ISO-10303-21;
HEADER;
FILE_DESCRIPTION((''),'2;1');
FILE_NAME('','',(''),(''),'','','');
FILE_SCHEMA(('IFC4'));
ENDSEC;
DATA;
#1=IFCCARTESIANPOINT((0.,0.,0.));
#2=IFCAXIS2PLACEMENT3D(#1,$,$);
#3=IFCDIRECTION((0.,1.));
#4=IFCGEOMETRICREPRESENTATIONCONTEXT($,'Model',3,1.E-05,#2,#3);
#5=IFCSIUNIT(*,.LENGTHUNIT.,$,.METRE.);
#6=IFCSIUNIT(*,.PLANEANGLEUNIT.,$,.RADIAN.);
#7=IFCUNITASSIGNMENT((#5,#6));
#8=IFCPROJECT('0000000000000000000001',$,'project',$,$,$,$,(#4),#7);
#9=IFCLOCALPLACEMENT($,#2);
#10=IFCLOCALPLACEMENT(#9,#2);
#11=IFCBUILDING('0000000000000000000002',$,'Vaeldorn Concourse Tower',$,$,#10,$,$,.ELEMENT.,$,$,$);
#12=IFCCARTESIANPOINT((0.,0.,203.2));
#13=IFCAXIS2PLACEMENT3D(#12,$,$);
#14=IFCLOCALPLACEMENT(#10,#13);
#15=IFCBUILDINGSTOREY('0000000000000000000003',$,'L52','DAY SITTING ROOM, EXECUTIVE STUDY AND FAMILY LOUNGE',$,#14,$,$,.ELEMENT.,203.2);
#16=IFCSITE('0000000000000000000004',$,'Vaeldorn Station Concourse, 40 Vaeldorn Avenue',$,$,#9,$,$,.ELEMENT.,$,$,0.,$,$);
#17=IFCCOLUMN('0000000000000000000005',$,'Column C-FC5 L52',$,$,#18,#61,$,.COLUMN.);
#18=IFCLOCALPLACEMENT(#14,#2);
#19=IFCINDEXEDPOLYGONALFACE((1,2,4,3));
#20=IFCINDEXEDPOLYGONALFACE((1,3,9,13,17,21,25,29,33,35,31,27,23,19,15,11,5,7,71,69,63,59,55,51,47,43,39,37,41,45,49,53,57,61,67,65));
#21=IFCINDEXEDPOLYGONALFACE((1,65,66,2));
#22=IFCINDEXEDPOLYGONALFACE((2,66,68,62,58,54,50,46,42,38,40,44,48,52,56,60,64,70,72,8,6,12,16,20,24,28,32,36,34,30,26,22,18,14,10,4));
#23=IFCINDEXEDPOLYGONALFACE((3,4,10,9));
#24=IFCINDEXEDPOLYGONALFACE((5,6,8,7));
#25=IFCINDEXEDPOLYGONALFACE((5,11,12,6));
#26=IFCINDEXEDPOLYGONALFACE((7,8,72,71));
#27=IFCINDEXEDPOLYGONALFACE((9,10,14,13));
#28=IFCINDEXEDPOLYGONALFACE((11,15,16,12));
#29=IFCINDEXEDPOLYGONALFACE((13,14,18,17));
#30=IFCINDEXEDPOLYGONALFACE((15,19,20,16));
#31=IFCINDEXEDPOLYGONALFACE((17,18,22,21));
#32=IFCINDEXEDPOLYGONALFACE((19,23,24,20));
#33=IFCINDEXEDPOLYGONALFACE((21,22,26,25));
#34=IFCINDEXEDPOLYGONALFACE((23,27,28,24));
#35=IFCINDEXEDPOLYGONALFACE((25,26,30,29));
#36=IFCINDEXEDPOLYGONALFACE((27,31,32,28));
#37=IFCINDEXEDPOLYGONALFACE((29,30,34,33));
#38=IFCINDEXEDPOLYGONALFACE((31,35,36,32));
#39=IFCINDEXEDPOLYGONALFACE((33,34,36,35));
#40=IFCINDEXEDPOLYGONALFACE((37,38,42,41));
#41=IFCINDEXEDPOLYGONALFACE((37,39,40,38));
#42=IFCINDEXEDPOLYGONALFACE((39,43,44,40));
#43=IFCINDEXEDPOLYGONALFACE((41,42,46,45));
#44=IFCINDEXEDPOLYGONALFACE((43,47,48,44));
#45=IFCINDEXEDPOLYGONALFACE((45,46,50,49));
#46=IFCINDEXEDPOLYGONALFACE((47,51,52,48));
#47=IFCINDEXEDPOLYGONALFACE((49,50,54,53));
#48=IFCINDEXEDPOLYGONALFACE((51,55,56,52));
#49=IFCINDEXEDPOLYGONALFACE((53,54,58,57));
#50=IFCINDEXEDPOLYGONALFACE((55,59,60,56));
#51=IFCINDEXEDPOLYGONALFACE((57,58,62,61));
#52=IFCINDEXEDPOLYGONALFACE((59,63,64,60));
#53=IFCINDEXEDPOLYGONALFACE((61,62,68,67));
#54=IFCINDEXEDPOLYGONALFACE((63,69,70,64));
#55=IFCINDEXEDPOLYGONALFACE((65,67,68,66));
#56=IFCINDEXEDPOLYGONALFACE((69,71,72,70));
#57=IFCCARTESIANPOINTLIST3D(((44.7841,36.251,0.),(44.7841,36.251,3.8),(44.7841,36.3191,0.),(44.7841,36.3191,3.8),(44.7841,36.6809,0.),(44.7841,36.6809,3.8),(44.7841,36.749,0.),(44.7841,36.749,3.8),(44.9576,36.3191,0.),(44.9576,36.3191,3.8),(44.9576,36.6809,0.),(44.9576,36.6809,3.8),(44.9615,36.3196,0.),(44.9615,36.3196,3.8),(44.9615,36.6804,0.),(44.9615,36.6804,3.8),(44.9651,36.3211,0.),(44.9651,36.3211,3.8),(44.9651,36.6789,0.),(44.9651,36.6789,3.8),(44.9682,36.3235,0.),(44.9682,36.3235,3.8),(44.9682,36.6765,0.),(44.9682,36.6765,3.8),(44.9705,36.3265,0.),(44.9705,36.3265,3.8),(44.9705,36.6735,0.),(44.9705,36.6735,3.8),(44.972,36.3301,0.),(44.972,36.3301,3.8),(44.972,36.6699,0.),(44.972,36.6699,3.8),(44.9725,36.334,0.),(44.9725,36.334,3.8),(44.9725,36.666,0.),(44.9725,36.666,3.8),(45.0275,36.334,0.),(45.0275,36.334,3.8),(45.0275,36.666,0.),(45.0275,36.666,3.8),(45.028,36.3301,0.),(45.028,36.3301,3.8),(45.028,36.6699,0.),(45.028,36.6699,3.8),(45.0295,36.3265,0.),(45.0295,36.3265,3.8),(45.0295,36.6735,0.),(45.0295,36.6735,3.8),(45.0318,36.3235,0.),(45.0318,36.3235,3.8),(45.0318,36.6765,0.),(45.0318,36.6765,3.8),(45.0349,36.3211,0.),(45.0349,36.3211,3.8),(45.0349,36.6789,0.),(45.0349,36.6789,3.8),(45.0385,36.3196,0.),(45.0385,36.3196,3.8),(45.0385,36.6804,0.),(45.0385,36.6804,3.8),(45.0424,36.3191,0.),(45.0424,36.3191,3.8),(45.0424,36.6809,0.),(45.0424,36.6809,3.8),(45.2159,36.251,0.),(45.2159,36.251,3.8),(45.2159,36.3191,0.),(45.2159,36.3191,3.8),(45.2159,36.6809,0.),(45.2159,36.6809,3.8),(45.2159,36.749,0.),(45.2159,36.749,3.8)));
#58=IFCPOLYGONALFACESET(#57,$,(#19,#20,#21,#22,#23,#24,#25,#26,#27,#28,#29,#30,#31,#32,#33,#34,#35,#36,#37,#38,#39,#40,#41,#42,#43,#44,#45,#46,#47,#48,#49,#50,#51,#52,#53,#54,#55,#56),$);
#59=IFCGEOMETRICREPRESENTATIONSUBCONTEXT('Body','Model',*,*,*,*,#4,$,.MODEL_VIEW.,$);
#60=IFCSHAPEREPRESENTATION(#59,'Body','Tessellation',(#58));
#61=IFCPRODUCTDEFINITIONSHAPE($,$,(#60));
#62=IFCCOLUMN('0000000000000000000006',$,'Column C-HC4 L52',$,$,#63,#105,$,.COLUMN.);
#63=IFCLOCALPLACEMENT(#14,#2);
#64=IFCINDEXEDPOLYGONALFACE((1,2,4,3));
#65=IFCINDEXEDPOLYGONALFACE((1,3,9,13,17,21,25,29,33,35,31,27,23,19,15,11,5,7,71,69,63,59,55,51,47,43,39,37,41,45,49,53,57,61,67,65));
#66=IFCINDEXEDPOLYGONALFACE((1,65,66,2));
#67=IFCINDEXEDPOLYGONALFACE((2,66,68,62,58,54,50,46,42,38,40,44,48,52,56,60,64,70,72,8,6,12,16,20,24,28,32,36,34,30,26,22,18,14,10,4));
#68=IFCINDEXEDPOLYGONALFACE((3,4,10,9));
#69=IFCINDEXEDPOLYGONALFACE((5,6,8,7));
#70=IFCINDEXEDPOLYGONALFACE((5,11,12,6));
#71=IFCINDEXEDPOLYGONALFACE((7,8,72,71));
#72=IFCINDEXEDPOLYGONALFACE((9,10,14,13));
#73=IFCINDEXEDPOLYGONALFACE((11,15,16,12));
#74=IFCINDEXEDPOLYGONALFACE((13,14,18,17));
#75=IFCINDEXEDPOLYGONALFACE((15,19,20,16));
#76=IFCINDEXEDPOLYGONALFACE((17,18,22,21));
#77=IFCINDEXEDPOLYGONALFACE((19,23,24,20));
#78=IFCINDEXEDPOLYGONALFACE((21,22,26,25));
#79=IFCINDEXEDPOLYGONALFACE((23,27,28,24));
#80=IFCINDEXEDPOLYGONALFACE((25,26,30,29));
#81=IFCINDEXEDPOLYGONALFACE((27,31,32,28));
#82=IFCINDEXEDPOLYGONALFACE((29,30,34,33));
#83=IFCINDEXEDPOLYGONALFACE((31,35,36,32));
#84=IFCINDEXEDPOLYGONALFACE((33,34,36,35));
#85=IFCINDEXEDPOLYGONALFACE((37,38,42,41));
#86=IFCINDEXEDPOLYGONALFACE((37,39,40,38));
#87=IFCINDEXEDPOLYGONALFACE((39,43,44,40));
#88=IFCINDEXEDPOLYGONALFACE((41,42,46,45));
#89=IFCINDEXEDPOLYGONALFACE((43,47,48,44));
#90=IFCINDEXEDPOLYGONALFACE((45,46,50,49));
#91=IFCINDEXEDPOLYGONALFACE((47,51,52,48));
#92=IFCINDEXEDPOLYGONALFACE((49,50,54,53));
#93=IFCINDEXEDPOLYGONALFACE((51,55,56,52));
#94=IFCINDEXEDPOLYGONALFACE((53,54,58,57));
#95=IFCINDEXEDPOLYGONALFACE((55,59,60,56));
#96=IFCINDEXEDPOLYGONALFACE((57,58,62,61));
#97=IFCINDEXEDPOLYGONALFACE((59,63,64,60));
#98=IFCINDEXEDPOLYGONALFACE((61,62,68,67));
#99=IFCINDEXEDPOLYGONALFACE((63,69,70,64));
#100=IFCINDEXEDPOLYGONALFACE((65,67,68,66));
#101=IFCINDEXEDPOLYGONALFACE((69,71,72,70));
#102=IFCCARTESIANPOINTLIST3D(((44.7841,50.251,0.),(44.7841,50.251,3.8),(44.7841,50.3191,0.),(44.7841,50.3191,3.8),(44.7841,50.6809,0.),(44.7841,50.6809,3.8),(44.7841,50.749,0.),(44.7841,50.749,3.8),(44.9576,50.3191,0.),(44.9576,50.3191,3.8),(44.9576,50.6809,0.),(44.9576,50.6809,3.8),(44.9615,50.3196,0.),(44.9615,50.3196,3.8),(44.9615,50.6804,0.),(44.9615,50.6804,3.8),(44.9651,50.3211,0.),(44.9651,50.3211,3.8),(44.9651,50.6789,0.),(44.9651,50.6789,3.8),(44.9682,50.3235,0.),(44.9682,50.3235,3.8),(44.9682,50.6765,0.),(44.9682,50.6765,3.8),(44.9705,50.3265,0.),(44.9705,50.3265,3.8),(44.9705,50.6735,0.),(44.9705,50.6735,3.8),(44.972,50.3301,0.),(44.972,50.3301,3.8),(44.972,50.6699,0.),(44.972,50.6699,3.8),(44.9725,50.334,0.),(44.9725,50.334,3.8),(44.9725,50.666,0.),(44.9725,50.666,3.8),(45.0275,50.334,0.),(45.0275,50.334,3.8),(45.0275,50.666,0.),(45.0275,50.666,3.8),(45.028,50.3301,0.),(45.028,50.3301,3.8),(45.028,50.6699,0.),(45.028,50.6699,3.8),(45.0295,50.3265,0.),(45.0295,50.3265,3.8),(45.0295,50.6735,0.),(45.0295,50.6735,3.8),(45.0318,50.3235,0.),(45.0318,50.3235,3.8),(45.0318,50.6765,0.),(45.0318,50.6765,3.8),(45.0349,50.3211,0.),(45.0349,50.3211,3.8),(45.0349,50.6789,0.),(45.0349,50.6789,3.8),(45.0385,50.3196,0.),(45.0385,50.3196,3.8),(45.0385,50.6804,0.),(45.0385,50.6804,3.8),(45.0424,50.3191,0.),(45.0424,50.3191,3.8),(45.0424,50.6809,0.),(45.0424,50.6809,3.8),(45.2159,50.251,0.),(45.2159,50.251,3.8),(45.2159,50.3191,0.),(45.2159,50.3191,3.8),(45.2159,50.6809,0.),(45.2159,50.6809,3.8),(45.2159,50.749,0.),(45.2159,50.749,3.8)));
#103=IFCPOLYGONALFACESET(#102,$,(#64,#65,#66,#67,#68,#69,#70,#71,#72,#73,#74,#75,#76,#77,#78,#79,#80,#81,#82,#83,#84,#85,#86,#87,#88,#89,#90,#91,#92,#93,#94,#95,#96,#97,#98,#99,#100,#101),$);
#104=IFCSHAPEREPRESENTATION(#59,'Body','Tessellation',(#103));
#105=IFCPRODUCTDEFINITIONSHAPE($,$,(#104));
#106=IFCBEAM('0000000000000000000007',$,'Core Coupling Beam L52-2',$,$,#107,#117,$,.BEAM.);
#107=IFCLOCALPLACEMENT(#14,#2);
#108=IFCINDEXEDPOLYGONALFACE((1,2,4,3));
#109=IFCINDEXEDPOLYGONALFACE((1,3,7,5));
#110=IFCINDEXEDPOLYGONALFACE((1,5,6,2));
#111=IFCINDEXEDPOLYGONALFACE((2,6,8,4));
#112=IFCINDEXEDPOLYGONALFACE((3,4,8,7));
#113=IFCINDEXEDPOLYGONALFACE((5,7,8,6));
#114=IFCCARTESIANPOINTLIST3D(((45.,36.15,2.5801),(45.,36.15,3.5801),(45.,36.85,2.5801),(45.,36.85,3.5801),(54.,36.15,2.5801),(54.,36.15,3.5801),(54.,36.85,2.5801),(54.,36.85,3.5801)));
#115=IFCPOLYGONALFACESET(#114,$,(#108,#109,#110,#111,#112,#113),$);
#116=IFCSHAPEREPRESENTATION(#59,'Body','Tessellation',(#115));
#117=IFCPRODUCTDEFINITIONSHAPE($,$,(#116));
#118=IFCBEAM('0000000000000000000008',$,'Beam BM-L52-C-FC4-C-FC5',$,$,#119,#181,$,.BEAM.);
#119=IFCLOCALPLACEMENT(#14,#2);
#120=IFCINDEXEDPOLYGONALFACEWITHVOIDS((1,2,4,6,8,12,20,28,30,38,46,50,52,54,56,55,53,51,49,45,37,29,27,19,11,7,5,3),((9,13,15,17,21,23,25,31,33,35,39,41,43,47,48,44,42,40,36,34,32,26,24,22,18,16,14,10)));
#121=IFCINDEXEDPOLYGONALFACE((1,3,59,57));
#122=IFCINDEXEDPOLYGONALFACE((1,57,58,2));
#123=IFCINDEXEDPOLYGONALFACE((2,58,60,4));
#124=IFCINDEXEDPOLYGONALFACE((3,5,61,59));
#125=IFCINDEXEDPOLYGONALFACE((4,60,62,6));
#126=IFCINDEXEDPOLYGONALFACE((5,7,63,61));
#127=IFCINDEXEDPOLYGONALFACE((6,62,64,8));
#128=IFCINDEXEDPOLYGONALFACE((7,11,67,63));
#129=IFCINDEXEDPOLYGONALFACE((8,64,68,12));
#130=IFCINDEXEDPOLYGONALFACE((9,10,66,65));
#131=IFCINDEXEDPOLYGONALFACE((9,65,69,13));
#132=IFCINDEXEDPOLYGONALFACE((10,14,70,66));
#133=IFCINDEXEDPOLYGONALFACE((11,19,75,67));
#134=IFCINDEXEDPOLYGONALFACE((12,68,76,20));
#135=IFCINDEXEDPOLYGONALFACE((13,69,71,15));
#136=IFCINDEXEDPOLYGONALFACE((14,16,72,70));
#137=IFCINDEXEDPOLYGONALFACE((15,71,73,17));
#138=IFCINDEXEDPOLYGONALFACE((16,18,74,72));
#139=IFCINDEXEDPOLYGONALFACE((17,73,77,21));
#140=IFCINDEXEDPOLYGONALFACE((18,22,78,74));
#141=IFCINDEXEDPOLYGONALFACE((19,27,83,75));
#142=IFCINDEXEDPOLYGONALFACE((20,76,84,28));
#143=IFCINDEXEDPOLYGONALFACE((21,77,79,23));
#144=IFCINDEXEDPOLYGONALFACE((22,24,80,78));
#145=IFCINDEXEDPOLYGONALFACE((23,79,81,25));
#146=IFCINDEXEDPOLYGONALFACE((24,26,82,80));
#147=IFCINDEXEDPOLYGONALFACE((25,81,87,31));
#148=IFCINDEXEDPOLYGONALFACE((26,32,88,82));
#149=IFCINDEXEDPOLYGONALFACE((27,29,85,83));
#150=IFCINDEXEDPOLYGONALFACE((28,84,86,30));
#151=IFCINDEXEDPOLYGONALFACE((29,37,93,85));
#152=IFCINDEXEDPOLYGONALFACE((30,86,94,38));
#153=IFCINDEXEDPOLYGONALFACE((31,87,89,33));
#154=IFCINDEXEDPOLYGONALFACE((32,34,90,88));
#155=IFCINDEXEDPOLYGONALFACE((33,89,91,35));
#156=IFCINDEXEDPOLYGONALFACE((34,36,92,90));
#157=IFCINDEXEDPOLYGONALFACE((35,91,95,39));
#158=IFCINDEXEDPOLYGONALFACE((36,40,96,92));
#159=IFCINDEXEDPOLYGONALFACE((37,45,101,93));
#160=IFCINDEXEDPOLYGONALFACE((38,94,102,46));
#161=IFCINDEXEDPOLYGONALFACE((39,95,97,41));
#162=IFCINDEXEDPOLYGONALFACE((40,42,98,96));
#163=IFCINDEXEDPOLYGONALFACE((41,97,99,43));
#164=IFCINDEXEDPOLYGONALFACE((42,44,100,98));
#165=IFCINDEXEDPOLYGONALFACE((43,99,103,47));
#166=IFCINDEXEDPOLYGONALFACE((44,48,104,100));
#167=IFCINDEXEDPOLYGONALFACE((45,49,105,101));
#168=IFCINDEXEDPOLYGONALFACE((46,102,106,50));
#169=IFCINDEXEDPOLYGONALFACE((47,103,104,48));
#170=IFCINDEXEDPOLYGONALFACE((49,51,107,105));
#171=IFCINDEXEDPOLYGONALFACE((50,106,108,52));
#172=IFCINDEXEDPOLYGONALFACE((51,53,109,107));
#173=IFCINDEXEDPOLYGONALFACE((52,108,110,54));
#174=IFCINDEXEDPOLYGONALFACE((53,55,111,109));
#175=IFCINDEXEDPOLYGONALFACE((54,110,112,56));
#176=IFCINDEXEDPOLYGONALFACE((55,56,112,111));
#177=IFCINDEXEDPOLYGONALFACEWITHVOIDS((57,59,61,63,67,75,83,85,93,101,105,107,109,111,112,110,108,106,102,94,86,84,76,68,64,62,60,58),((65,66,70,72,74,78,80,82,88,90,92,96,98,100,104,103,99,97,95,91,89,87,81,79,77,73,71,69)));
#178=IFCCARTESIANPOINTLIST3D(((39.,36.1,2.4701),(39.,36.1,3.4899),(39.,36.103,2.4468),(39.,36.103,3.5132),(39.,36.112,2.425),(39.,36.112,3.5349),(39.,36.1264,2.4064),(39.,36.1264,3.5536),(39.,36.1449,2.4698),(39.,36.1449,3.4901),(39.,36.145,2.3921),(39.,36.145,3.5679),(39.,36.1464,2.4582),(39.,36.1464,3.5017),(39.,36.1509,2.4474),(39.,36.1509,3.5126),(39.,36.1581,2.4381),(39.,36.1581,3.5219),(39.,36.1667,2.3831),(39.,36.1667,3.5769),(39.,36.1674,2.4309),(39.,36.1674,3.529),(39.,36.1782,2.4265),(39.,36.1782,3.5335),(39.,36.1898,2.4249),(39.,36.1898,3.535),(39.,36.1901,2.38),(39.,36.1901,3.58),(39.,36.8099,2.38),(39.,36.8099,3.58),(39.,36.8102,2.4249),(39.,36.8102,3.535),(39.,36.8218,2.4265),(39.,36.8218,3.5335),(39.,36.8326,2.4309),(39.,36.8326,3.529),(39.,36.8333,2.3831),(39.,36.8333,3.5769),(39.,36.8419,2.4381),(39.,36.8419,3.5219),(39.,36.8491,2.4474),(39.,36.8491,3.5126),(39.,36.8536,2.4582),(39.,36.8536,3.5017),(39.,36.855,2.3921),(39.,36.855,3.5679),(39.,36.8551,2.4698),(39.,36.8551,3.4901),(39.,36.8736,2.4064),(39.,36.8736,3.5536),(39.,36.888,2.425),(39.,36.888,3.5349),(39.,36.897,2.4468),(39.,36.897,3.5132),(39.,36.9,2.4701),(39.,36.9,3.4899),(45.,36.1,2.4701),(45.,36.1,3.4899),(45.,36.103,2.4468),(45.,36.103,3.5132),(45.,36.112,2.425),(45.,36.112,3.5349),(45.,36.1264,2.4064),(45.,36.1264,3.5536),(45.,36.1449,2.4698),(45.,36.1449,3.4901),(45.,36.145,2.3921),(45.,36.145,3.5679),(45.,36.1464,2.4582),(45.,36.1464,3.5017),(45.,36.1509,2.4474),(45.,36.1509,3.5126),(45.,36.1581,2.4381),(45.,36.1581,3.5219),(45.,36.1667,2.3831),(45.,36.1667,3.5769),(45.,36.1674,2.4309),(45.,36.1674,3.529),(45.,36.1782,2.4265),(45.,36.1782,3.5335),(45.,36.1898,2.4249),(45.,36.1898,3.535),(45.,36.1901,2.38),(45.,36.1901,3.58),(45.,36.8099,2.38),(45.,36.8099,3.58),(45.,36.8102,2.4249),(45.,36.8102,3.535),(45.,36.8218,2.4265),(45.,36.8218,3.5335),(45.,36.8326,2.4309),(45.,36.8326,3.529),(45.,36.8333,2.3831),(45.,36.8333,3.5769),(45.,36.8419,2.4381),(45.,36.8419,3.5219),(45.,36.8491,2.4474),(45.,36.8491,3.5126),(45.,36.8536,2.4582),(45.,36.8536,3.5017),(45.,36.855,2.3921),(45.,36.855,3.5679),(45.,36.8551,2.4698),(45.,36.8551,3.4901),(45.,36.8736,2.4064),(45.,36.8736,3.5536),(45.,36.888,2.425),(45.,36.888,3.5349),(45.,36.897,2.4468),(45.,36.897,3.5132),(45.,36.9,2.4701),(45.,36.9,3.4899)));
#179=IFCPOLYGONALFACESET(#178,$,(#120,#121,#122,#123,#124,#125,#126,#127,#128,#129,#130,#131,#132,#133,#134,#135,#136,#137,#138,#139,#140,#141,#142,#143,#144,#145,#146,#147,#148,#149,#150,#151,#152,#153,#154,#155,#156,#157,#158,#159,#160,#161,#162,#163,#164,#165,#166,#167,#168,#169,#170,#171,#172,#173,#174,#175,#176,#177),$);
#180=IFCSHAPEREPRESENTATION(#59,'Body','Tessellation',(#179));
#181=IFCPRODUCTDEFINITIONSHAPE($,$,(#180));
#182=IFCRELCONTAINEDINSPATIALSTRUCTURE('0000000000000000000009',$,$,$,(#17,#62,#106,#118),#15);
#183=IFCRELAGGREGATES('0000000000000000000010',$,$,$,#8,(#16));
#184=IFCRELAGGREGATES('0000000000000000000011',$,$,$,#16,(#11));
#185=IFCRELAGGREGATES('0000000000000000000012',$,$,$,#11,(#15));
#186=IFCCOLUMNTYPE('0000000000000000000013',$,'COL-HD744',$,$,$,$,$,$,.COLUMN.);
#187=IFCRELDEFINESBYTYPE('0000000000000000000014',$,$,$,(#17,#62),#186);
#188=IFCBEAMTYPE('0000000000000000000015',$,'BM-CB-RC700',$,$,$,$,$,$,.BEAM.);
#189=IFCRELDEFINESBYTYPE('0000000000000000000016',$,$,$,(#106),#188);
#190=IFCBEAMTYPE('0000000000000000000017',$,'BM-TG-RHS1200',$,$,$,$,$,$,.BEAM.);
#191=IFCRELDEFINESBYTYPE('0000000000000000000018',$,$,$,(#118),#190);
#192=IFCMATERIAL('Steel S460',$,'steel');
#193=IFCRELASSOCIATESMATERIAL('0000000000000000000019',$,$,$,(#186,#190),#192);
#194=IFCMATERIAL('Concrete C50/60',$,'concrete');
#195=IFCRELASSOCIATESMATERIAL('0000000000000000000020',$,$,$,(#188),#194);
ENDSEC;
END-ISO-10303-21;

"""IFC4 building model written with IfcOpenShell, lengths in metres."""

from ifc_helpers import new_model, si_unit, direction, frame, origin, origin_2d, place, context, subcontext, project, spatial, rectangle, hollow_rectangle, i_section, extrude, source, transform, mapped, material, material_profile, profile_set, type_object, element, save


model = new_model("IFC4")

# Units and contexts
model_context = context("Model", 3, precision=1e-05, world=origin(), true_north=direction((0.0, 1.0)))
body_context = subcontext(model_context, "Body", "Model", "MODEL_VIEW")
ifc_project = project(units=[si_unit("LENGTHUNIT", "METRE"), si_unit("PLANEANGLEUNIT", "RADIAN")], contexts=[model_context])

# Site, building, storey
site_placement = place(None, origin())
site = spatial("IfcSite", under=ifc_project, at=site_placement, Name="Vaeldorn Station Concourse, 40 Vaeldorn Avenue", CompositionType="ELEMENT", RefElevation=0.0)
building_placement = place(site_placement, origin())
building = spatial("IfcBuilding", under=site, at=building_placement, Name="Vaeldorn Concourse Tower", CompositionType="ELEMENT")
storey_placement = place(building_placement, frame((0.0, 0.0, 203.2)))
storey = spatial("IfcBuildingStorey", under=building, at=storey_placement, Name="L52", Description="DAY SITTING ROOM, EXECUTIVE STUDY AND FAMILY LOUNGE", CompositionType="ELEMENT", Elevation=203.2)

# Columns
ifc_material_1 = material(Name="Steel S460", Category="steel")
ifc_material_profile_1 = material_profile(ifc_material_1, i_section(OverallWidth=0.4319, OverallDepth=0.498, WebThickness=0.0549, FlangeThickness=0.0681, FilletRadius=0.0149, at=origin_2d()), Name="HD 400x744")
ifc_profile_set_1 = profile_set([ifc_material_profile_1], Name="Steel S460")
column_type = type_object("IfcColumnType", Name="COL-HD744", PredefinedType="COLUMN", material=ifc_profile_set_1)
shared_shape_1 = source(origin(), body_context, "Body", "SweptSolid", [
    extrude(i_section(OverallWidth=0.4319, OverallDepth=0.498, WebThickness=0.0549, FlangeThickness=0.0681, FilletRadius=0.0149, at=origin_2d()), origin(), (0.0, 0.0, 1.0), 3.8),
])
for number, where, z_axis, x_axis, name in (
    (1, (45.0, 36.5, 0.0), (0.0, 0.0, 1.0), (1.0, 0.0, 0.0), "Column C-FC5 L52"),
    (2, (45.0, 50.5, 0.0), (0.0, 0.0, 1.0), (1.0, 0.0, 0.0), "Column C-HC4 L52"),
):
    element("IfcColumn", number, at=place(storey_placement, frame(where, z_axis=z_axis, x_axis=x_axis)), inside=storey, type_object=column_type, Name=name, PredefinedType="COLUMN", context=body_context, shape_type="MappedRepresentation", body=[
        mapped(shared_shape_1, transform((0.0, 0.0, 0.0), scale=1.0)),
    ])

# Beams
ifc_material_2 = material(Name="Concrete C50/60", Category="concrete")
ifc_material_profile_2 = material_profile(ifc_material_2, rectangle(XDim=0.7, YDim=1.0, at=origin_2d()), Name="RC 700x1000")
ifc_profile_set_2 = profile_set([ifc_material_profile_2], Name="Concrete C50/60")
beam_type_1 = type_object("IfcBeamType", Name="BM-CB-RC700", PredefinedType="BEAM", material=ifc_profile_set_2)
shared_shape_2 = source(origin(), body_context, "Body", "SweptSolid", [
    extrude(rectangle(XDim=0.7, YDim=1.0, at=origin_2d()), origin(), (0.0, 0.0, 1.0), 9.0),
])
beam_1_placement = place(storey_placement, frame((45.0, 36.5, 3.0801), z_axis=(1.0, 0.0, 0.0), x_axis=(0.0, 1.0, 0.0)))
element("IfcBeam", 3, at=beam_1_placement, inside=storey, type_object=beam_type_1, Name="Core Coupling Beam L52-2", PredefinedType="BEAM", context=body_context, shape_type="MappedRepresentation", body=[
    mapped(shared_shape_2, transform((0.0, 0.0, 0.0), scale=1.0)),
])
ifc_material_profile_3 = material_profile(ifc_material_1, hollow_rectangle(XDim=0.8, YDim=1.2, WallThickness=0.0449, InnerFilletRadius=0.0449, OuterFilletRadius=0.0901, at=origin_2d()), Name="RHS 1200x800x45")
ifc_profile_set_3 = profile_set([ifc_material_profile_3], Name="Steel S460")
beam_type_2 = type_object("IfcBeamType", Name="BM-TG-RHS1200", PredefinedType="BEAM", material=ifc_profile_set_3)
shared_shape_3 = source(origin(), body_context, "Body", "SweptSolid", [
    extrude(hollow_rectangle(XDim=0.8, YDim=1.2, WallThickness=0.0449, InnerFilletRadius=0.0449, OuterFilletRadius=0.0901, at=origin_2d()), origin(), (0.0, 0.0, 1.0), 6.0),
])
beam_2_placement = place(storey_placement, frame((39.0, 36.5, 2.98), z_axis=(1.0, 0.0, 0.0), x_axis=(0.0, 1.0, 0.0)))
element("IfcBeam", 4, at=beam_2_placement, inside=storey, type_object=beam_type_2, Name="Beam BM-L52-C-FC4-C-FC5", PredefinedType="BEAM", context=body_context, shape_type="MappedRepresentation", body=[
    mapped(shared_shape_3, transform((0.0, 0.0, 0.0), scale=1.0)),
])

save(model, "model.ifc")
